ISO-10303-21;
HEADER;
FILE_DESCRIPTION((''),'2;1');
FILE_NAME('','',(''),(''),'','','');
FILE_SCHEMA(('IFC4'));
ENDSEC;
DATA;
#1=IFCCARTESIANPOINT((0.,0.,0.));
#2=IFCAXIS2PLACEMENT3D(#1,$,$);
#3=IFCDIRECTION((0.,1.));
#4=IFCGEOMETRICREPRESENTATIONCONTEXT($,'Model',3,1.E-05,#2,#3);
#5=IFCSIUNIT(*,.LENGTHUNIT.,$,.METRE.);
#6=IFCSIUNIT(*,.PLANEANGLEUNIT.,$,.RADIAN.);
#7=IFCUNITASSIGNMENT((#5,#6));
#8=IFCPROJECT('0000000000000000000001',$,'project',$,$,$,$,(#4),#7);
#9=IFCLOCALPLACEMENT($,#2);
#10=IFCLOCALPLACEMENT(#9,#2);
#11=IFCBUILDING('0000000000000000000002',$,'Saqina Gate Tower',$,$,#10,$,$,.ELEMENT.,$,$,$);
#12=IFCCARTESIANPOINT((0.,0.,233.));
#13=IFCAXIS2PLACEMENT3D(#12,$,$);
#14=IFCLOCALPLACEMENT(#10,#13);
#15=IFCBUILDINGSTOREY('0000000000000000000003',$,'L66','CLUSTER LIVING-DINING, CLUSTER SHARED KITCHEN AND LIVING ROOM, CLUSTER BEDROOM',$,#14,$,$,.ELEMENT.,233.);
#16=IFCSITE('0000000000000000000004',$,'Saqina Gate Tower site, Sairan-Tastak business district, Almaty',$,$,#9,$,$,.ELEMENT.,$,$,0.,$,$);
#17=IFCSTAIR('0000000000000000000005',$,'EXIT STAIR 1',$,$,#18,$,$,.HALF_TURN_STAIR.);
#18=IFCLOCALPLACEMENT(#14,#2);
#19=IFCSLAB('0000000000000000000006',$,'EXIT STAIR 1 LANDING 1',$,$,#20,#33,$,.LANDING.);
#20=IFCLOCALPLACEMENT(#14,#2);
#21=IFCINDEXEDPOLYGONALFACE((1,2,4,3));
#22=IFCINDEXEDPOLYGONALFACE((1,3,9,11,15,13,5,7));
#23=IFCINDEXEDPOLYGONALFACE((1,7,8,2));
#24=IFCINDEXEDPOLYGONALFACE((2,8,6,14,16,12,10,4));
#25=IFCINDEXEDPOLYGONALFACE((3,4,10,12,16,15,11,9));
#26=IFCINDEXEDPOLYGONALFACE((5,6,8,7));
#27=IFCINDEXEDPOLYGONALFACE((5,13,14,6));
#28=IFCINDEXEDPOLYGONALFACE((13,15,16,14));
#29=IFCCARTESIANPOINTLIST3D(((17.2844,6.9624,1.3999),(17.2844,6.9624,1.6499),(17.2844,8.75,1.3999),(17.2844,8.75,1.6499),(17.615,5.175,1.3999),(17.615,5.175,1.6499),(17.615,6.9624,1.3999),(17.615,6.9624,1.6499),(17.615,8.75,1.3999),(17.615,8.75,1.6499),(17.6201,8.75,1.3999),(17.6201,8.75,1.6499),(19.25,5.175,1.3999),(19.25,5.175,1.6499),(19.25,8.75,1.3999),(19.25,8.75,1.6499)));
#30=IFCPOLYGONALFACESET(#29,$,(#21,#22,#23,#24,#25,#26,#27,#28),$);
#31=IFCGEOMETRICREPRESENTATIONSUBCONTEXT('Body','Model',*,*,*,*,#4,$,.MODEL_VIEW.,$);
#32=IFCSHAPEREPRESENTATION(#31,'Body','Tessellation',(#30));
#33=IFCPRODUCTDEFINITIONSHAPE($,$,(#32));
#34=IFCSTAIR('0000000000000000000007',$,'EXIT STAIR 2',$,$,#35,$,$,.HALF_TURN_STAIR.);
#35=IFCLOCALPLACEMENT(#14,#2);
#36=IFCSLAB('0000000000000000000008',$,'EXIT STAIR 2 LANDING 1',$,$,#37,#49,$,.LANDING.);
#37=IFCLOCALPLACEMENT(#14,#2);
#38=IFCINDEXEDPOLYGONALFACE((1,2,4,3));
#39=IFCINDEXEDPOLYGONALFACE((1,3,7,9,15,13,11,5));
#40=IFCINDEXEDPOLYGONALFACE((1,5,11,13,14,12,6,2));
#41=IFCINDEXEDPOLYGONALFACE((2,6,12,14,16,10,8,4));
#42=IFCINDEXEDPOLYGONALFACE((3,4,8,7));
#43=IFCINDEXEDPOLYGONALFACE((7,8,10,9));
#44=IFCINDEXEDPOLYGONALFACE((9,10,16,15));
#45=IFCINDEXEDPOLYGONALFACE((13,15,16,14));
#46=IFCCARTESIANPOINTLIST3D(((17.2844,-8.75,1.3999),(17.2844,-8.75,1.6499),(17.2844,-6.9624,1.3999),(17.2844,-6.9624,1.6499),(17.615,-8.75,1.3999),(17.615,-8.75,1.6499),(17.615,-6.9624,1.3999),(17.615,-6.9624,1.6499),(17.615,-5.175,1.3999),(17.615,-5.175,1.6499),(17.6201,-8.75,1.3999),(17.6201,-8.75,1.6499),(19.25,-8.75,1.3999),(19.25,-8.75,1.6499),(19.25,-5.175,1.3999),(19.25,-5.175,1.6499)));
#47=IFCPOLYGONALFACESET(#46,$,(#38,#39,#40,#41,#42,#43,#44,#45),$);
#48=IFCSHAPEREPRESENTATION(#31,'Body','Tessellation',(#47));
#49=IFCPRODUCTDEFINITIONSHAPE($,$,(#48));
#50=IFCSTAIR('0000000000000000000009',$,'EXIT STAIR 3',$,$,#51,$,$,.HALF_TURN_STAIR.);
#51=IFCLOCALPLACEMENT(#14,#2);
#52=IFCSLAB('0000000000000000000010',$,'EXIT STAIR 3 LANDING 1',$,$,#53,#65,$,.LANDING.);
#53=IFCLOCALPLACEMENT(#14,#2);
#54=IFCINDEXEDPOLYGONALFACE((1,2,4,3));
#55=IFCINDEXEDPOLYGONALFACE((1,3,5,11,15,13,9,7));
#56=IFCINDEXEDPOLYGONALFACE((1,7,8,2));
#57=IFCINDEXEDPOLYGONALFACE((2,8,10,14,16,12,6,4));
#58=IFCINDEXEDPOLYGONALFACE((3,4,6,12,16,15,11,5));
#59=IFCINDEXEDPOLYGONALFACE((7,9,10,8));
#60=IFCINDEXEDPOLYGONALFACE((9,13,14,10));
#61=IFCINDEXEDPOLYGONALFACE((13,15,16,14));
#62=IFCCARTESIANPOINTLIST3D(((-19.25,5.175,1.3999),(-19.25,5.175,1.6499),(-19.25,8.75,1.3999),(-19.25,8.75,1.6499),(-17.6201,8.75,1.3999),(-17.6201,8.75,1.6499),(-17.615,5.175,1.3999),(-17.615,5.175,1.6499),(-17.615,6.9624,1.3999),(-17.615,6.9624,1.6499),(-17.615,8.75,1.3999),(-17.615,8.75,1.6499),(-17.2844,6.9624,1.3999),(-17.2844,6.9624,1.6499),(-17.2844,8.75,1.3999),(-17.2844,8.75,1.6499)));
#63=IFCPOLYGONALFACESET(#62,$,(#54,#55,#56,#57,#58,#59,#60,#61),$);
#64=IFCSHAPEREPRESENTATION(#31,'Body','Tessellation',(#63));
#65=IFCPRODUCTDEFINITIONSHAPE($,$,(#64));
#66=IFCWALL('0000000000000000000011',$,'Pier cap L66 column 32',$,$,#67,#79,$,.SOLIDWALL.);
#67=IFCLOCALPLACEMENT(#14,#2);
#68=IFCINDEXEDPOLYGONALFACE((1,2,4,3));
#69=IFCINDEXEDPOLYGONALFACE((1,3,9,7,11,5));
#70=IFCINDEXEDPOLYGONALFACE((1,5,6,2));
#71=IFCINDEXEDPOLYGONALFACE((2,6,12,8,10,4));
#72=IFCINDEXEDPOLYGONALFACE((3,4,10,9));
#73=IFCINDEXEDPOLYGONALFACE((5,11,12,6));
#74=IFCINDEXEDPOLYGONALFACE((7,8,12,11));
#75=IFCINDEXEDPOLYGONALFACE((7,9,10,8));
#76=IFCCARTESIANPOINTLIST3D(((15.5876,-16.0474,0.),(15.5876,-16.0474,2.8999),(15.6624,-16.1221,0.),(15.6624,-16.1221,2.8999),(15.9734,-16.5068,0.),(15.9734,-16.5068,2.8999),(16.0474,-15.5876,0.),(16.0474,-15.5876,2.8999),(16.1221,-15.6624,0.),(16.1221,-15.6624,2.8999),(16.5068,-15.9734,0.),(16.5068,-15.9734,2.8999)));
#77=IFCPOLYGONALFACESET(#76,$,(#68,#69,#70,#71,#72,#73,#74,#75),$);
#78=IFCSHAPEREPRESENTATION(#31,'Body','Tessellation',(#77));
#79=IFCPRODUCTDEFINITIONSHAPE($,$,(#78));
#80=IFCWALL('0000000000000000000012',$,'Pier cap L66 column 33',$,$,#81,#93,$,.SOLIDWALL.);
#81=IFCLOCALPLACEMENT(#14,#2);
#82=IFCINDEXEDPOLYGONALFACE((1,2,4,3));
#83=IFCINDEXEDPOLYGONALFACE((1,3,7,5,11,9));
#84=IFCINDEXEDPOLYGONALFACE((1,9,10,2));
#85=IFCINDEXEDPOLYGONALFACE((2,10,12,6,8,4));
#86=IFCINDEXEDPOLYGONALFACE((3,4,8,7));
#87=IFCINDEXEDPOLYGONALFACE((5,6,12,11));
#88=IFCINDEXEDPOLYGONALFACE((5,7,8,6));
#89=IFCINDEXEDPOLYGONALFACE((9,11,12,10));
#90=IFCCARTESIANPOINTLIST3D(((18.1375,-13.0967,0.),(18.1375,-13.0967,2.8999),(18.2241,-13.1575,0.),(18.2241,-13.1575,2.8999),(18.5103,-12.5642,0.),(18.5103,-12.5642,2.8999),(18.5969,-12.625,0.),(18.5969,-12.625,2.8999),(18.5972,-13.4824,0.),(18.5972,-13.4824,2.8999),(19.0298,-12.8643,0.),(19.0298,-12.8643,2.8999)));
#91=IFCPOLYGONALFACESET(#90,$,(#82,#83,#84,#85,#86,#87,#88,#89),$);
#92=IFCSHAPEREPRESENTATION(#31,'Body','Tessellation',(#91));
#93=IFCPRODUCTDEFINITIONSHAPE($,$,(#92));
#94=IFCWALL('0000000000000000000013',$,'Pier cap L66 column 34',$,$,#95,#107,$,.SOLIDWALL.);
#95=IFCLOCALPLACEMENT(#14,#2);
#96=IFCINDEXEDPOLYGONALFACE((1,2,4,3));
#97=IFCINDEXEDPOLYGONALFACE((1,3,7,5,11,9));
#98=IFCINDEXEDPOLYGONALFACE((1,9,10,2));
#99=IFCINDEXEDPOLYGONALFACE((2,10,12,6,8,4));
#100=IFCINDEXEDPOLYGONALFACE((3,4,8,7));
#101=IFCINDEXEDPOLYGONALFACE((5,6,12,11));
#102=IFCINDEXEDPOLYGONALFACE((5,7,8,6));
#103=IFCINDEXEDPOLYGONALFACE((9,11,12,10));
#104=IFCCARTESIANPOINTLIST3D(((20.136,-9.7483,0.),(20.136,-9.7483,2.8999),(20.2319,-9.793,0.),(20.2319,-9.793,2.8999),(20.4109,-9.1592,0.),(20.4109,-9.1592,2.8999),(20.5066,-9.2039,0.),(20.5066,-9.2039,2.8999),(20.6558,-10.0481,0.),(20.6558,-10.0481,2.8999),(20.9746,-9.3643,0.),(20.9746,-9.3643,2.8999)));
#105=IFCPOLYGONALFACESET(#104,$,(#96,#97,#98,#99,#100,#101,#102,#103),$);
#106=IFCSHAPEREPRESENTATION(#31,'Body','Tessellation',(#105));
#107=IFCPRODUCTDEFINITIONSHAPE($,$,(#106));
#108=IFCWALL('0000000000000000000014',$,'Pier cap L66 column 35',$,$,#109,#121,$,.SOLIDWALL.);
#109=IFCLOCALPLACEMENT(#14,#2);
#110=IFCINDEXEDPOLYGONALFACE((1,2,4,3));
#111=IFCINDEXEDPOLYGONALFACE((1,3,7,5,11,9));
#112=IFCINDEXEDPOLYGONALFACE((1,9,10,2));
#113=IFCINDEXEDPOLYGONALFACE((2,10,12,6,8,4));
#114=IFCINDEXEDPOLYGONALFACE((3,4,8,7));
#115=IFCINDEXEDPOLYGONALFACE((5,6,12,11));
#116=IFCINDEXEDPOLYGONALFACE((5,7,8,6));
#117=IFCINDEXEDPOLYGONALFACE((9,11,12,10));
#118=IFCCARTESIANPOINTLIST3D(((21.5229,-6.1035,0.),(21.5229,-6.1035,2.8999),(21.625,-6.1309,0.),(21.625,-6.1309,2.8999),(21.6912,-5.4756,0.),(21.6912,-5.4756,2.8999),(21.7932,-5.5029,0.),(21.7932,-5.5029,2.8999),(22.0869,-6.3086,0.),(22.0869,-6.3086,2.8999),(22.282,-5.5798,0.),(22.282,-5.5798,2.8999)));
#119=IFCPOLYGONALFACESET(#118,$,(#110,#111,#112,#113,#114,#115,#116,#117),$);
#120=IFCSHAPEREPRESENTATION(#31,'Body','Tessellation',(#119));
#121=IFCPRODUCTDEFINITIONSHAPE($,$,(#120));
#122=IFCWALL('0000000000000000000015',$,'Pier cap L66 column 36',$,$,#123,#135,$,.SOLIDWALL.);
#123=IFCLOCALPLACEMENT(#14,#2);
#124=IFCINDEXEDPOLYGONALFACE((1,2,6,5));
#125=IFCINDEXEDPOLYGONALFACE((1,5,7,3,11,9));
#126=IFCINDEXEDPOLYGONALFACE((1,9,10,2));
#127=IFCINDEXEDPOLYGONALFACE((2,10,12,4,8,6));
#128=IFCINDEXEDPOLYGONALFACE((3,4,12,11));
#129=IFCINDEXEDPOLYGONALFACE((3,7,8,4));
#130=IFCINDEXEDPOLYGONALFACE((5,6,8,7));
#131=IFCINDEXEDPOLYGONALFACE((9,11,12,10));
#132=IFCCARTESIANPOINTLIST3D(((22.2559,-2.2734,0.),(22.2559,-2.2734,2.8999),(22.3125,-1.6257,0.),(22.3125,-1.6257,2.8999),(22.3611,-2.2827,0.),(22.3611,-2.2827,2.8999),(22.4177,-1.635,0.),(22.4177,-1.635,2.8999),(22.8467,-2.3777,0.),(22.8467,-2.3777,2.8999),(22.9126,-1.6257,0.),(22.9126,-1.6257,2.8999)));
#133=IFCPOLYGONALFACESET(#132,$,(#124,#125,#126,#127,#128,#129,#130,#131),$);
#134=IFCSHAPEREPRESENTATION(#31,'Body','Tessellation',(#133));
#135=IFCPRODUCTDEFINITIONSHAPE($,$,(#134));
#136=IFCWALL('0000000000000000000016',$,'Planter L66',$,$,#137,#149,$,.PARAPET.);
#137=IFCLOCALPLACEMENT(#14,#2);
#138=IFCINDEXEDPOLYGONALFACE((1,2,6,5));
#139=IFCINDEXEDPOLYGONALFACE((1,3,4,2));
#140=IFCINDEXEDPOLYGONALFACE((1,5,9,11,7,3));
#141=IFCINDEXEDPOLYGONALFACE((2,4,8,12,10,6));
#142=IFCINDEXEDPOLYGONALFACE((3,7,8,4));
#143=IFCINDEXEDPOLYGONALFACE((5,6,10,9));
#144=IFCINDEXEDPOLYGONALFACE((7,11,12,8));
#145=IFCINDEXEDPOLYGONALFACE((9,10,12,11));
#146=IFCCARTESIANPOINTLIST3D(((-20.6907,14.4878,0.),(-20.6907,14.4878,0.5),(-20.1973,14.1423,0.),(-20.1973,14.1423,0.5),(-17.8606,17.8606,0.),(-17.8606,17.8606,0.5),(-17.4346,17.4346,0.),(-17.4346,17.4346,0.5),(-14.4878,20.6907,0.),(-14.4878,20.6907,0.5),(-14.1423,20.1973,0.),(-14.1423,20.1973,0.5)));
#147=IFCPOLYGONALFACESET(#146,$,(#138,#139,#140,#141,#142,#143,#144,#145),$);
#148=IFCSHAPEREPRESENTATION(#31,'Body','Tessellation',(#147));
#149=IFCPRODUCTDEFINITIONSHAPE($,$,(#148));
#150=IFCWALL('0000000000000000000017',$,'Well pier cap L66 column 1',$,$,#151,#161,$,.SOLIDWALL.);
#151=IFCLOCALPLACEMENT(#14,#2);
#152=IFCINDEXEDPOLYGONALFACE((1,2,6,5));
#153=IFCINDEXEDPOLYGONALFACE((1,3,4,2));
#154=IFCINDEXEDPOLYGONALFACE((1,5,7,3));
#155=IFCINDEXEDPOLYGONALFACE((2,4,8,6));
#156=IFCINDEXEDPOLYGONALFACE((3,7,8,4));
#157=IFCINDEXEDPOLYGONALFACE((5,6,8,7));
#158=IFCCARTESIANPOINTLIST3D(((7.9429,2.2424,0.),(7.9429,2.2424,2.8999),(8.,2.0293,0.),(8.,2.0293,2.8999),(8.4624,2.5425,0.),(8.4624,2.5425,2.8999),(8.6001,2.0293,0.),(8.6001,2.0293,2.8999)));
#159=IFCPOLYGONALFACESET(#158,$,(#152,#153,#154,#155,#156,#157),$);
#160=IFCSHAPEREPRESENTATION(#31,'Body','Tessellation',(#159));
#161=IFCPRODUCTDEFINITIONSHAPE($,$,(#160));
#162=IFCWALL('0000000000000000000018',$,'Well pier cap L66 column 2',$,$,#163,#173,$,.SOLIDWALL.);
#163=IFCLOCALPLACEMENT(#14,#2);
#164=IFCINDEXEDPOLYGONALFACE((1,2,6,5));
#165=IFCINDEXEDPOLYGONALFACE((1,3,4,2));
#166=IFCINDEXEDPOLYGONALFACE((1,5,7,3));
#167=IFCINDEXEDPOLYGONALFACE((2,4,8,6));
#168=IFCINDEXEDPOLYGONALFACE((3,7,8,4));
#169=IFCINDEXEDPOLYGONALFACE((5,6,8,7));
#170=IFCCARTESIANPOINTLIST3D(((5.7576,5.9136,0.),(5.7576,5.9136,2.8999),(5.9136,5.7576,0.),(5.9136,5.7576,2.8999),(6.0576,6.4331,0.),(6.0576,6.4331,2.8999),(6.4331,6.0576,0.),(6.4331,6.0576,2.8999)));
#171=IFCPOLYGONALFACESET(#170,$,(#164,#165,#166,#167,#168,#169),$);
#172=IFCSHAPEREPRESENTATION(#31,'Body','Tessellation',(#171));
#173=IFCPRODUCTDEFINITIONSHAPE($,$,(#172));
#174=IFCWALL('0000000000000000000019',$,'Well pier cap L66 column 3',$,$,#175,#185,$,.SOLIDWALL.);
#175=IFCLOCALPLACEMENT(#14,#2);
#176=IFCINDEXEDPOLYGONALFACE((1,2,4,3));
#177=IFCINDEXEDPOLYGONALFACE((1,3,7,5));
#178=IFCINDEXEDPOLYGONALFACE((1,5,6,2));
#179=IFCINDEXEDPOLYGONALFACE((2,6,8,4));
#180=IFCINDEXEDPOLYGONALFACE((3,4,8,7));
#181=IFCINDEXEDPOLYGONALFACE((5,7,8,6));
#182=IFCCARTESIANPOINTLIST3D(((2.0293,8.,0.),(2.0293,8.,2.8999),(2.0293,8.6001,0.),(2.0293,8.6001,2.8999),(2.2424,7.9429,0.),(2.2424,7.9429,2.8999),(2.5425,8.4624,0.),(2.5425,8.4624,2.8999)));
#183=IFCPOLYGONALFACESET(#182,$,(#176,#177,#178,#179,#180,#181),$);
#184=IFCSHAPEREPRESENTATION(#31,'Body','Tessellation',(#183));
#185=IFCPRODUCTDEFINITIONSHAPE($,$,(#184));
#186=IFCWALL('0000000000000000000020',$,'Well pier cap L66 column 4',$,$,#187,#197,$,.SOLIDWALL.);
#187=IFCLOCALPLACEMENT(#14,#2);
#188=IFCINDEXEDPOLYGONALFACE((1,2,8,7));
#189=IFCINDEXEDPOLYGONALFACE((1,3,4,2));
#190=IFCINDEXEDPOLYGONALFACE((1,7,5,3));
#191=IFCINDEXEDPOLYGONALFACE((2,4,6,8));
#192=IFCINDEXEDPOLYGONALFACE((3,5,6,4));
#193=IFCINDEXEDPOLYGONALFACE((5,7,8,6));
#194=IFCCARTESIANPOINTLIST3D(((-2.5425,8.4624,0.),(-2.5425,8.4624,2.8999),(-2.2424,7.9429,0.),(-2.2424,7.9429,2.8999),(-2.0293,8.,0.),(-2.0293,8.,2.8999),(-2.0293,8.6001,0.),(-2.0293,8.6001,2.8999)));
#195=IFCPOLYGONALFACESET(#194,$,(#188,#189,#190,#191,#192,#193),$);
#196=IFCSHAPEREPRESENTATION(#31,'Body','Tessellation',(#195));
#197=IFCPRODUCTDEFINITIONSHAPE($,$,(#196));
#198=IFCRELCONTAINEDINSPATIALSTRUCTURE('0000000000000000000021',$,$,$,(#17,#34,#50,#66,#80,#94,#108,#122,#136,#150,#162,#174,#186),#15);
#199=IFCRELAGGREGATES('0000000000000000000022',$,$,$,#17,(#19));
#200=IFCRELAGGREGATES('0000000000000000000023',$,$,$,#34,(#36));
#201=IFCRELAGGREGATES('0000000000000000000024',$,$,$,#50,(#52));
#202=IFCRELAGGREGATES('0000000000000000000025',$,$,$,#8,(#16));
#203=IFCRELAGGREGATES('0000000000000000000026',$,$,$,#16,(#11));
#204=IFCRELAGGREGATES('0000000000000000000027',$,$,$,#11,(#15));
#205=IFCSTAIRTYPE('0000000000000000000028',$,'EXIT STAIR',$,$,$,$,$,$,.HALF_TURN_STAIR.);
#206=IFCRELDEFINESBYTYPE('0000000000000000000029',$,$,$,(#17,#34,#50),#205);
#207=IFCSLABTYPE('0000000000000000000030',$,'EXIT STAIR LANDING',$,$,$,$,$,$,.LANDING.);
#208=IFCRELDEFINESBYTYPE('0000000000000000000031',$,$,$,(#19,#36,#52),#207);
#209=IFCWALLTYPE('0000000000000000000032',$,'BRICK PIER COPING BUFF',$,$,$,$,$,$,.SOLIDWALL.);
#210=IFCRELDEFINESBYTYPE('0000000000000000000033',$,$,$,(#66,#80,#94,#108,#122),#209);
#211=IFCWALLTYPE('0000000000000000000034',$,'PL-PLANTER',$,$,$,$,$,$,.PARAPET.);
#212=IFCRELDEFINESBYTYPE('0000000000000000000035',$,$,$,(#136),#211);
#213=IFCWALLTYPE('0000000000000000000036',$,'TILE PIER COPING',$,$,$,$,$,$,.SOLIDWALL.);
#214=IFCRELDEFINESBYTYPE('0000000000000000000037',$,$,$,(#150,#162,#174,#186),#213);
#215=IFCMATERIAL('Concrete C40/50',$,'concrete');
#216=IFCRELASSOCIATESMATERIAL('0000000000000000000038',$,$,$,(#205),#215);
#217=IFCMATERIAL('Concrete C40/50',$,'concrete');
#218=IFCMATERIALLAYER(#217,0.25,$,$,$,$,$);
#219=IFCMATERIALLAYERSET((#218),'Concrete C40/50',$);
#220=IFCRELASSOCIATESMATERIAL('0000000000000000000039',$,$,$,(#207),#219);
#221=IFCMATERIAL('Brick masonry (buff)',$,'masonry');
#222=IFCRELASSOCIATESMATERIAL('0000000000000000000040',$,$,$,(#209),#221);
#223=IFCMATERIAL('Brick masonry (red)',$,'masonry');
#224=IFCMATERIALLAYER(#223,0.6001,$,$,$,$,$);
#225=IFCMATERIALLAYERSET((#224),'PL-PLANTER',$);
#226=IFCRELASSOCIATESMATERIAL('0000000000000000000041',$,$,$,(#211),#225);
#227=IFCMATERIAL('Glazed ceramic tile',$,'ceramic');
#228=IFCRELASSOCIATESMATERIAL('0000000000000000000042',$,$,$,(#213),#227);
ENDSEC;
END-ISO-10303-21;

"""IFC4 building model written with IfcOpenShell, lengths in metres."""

from ifc_helpers import new_model, si_unit, direction, frame, origin, place, context, subcontext, project, spatial, polyline, outline, extrude, material, layer, layer_set, type_object, element, aggregate, save


model = new_model("IFC4")

# Units and contexts
model_context = context("Model", 3, precision=1e-05, world=origin(), true_north=direction((0.0, 1.0)))
body_context = subcontext(model_context, "Body", "Model", "MODEL_VIEW")
ifc_project = project(units=[si_unit("LENGTHUNIT", "METRE"), si_unit("PLANEANGLEUNIT", "RADIAN")], contexts=[model_context])

# Site, building, storey
site_placement = place(None, origin())
site = spatial("IfcSite", under=ifc_project, at=site_placement, Name="Saqina Gate Tower site, Sairan-Tastak business district, Almaty", CompositionType="ELEMENT", RefElevation=0.0)
building_placement = place(site_placement, origin())
building = spatial("IfcBuilding", under=site, at=building_placement, Name="Saqina Gate Tower", CompositionType="ELEMENT")
storey_placement = place(building_placement, frame((0.0, 0.0, 233.0)))
storey = spatial("IfcBuildingStorey", under=building, at=storey_placement, Name="L66", Description="CLUSTER LIVING-DINING, CLUSTER SHARED KITCHEN AND LIVING ROOM, CLUSTER BEDROOM", CompositionType="ELEMENT", Elevation=233.0)

# Stairs, slabs
ifc_material_1 = material(Name="Concrete C40/50", Category="concrete")
stair_type = type_object("IfcStairType", Name="EXIT STAIR", PredefinedType="HALF_TURN_STAIR", material=ifc_material_1)
stair_1_placement = place(storey_placement, origin())
stair_1 = element("IfcStair", 1, at=stair_1_placement, inside=storey, type_object=stair_type, Name="EXIT STAIR 1", PredefinedType="HALF_TURN_STAIR")
ifc_material_2 = material(Name="Concrete C40/50", Category="concrete")
ifc_layer_1 = layer(ifc_material_2, 0.25)
ifc_layer_set_1 = layer_set([ifc_layer_1], Name="Concrete C40/50")
slab_type = type_object("IfcSlabType", Name="EXIT STAIR LANDING", PredefinedType="LANDING", material=ifc_layer_set_1)
slab_1_placement = place(storey_placement, frame((0.0, 0.0, 1.3999)))
slab_1 = element("IfcSlab", 2, at=slab_1_placement, type_object=slab_type, Name="EXIT STAIR 1 LANDING 1", PredefinedType="LANDING", context=body_context, shape_type="SweptSolid", body=[
    extrude(outline(polyline([(19.25, 8.75), (19.25, 5.175), (17.615, 5.175), (17.615, 6.9624), (17.2844, 6.9624), (17.2844, 8.75), (17.615, 8.75), (17.6201, 8.75), (19.25, 8.75)])), origin(), (0.0, 0.0, 1.0), 0.25),
])
aggregate(stair_1, [slab_1])
stair_2_placement = place(storey_placement, origin())
stair_2 = element("IfcStair", 3, at=stair_2_placement, inside=storey, type_object=stair_type, Name="EXIT STAIR 2", PredefinedType="HALF_TURN_STAIR")
slab_2_placement = place(storey_placement, frame((0.0, 0.0, 1.3999)))
slab_2 = element("IfcSlab", 4, at=slab_2_placement, type_object=slab_type, Name="EXIT STAIR 2 LANDING 1", PredefinedType="LANDING", context=body_context, shape_type="SweptSolid", body=[
    extrude(outline(polyline([(17.2844, -8.75), (17.2844, -6.9624), (17.615, -6.9624), (17.615, -5.175), (19.25, -5.175), (19.25, -8.75), (17.6201, -8.75), (17.615, -8.75), (17.2844, -8.75)])), origin(), (0.0, 0.0, 1.0), 0.25),
])
aggregate(stair_2, [slab_2])
stair_3_placement = place(storey_placement, origin())
stair_3 = element("IfcStair", 5, at=stair_3_placement, inside=storey, type_object=stair_type, Name="EXIT STAIR 3", PredefinedType="HALF_TURN_STAIR")
slab_3_placement = place(storey_placement, frame((0.0, 0.0, 1.3999)))
slab_3 = element("IfcSlab", 6, at=slab_3_placement, type_object=slab_type, Name="EXIT STAIR 3 LANDING 1", PredefinedType="LANDING", context=body_context, shape_type="SweptSolid", body=[
    extrude(outline(polyline([(-17.615, 5.175), (-19.25, 5.175), (-19.25, 8.75), (-17.6201, 8.75), (-17.615, 8.75), (-17.2844, 8.75), (-17.2844, 6.9624), (-17.615, 6.9624), (-17.615, 5.175)])), origin(), (0.0, 0.0, 1.0), 0.25),
])
aggregate(stair_3, [slab_3])

# Walls
ifc_material_3 = material(Name="Brick masonry (buff)", Category="masonry")
wall_type_1 = type_object("IfcWallType", Name="BRICK PIER COPING BUFF", PredefinedType="SOLIDWALL", material=ifc_material_3)
wall_1_placement = place(storey_placement, origin())
element("IfcWall", 7, at=wall_1_placement, inside=storey, type_object=wall_type_1, Name="Pier cap L66 column 32", PredefinedType="SOLIDWALL", context=body_context, shape_type="SweptSolid", body=[
    extrude(outline(polyline([(16.5068, -15.9734), (16.0474, -15.5876), (16.1221, -15.6624), (15.6624, -16.1221), (15.5876, -16.0474), (15.9734, -16.5068), (16.5068, -15.9734)])), origin(), (0.0, 0.0, 1.0), 2.8999),
])
wall_2_placement = place(storey_placement, origin())
element("IfcWall", 8, at=wall_2_placement, inside=storey, type_object=wall_type_1, Name="Pier cap L66 column 33", PredefinedType="SOLIDWALL", context=body_context, shape_type="SweptSolid", body=[
    extrude(outline(polyline([(19.0298, -12.8643), (18.5103, -12.5642), (18.5969, -12.625), (18.2241, -13.1575), (18.1375, -13.0967), (18.5972, -13.4824), (19.0298, -12.8643)])), origin(), (0.0, 0.0, 1.0), 2.8999),
])
wall_3_placement = place(storey_placement, origin())
element("IfcWall", 9, at=wall_3_placement, inside=storey, type_object=wall_type_1, Name="Pier cap L66 column 34", PredefinedType="SOLIDWALL", context=body_context, shape_type="SweptSolid", body=[
    extrude(outline(polyline([(20.6558, -10.0481), (20.9746, -9.3643), (20.4109, -9.1592), (20.5066, -9.2039), (20.2319, -9.793), (20.136, -9.7483), (20.6558, -10.0481)])), origin(), (0.0, 0.0, 1.0), 2.8999),
])
wall_4_placement = place(storey_placement, origin())
element("IfcWall", 10, at=wall_4_placement, inside=storey, type_object=wall_type_1, Name="Pier cap L66 column 35", PredefinedType="SOLIDWALL", context=body_context, shape_type="SweptSolid", body=[
    extrude(outline(polyline([(22.282, -5.5798), (21.6912, -5.4756), (21.7932, -5.5029), (21.625, -6.1309), (21.5229, -6.1035), (22.0869, -6.3086), (22.282, -5.5798)])), origin(), (0.0, 0.0, 1.0), 2.8999),
])
wall_5_placement = place(storey_placement, origin())
element("IfcWall", 11, at=wall_5_placement, inside=storey, type_object=wall_type_1, Name="Pier cap L66 column 36", PredefinedType="SOLIDWALL", context=body_context, shape_type="SweptSolid", body=[
    extrude(outline(polyline([(22.8467, -2.3777), (22.9126, -1.6257), (22.3125, -1.6257), (22.4177, -1.635), (22.3611, -2.2827), (22.2559, -2.2734), (22.8467, -2.3777)])), origin(), (0.0, 0.0, 1.0), 2.8999),
])
ifc_material_4 = material(Name="Brick masonry (red)", Category="masonry")
ifc_layer_2 = layer(ifc_material_4, 0.6001)
ifc_layer_set_2 = layer_set([ifc_layer_2], Name="PL-PLANTER")
wall_type_2 = type_object("IfcWallType", Name="PL-PLANTER", PredefinedType="PARAPET", material=ifc_layer_set_2)
wall_6_placement = place(storey_placement, origin())
element("IfcWall", 12, at=wall_6_placement, inside=storey, type_object=wall_type_2, Name="Planter L66", PredefinedType="PARAPET", context=body_context, shape_type="SweptSolid", body=[
    extrude(outline(polyline([(-14.4878, 20.6907), (-17.8606, 17.8606), (-20.6907, 14.4878), (-20.1973, 14.1423), (-17.4346, 17.4346), (-14.1423, 20.1973), (-14.4878, 20.6907)])), origin(), (0.0, 0.0, 1.0), 0.5),
])
ifc_material_5 = material(Name="Glazed ceramic tile", Category="ceramic")
wall_type_3 = type_object("IfcWallType", Name="TILE PIER COPING", PredefinedType="SOLIDWALL", material=ifc_material_5)
wall_7_placement = place(storey_placement, origin())
element("IfcWall", 13, at=wall_7_placement, inside=storey, type_object=wall_type_3, Name="Well pier cap L66 column 1", PredefinedType="SOLIDWALL", context=body_context, shape_type="SweptSolid", body=[
    extrude(outline(polyline([(8.4624, 2.5425), (7.9429, 2.2424), (8.0, 2.0293), (8.6001, 2.0293), (8.4624, 2.5425)])), origin(), (0.0, 0.0, 1.0), 2.8999),
])
wall_8_placement = place(storey_placement, origin())
element("IfcWall", 14, at=wall_8_placement, inside=storey, type_object=wall_type_3, Name="Well pier cap L66 column 2", PredefinedType="SOLIDWALL", context=body_context, shape_type="SweptSolid", body=[
    extrude(outline(polyline([(6.0576, 6.4331), (5.7576, 5.9136), (5.9136, 5.7576), (6.4331, 6.0576), (6.0576, 6.4331)])), origin(), (0.0, 0.0, 1.0), 2.8999),
])
wall_9_placement = place(storey_placement, origin())
element("IfcWall", 15, at=wall_9_placement, inside=storey, type_object=wall_type_3, Name="Well pier cap L66 column 3", PredefinedType="SOLIDWALL", context=body_context, shape_type="SweptSolid", body=[
    extrude(outline(polyline([(2.0293, 8.6001), (2.0293, 8.0), (2.2424, 7.9429), (2.5425, 8.4624), (2.0293, 8.6001)])), origin(), (0.0, 0.0, 1.0), 2.8999),
])
wall_10_placement = place(storey_placement, origin())
element("IfcWall", 16, at=wall_10_placement, inside=storey, type_object=wall_type_3, Name="Well pier cap L66 column 4", PredefinedType="SOLIDWALL", context=body_context, shape_type="SweptSolid", body=[
    extrude(outline(polyline([(-2.5425, 8.4624), (-2.2424, 7.9429), (-2.0293, 8.0), (-2.0293, 8.6001), (-2.5425, 8.4624)])), origin(), (0.0, 0.0, 1.0), 2.8999),
])

save(model, "model.ifc")
